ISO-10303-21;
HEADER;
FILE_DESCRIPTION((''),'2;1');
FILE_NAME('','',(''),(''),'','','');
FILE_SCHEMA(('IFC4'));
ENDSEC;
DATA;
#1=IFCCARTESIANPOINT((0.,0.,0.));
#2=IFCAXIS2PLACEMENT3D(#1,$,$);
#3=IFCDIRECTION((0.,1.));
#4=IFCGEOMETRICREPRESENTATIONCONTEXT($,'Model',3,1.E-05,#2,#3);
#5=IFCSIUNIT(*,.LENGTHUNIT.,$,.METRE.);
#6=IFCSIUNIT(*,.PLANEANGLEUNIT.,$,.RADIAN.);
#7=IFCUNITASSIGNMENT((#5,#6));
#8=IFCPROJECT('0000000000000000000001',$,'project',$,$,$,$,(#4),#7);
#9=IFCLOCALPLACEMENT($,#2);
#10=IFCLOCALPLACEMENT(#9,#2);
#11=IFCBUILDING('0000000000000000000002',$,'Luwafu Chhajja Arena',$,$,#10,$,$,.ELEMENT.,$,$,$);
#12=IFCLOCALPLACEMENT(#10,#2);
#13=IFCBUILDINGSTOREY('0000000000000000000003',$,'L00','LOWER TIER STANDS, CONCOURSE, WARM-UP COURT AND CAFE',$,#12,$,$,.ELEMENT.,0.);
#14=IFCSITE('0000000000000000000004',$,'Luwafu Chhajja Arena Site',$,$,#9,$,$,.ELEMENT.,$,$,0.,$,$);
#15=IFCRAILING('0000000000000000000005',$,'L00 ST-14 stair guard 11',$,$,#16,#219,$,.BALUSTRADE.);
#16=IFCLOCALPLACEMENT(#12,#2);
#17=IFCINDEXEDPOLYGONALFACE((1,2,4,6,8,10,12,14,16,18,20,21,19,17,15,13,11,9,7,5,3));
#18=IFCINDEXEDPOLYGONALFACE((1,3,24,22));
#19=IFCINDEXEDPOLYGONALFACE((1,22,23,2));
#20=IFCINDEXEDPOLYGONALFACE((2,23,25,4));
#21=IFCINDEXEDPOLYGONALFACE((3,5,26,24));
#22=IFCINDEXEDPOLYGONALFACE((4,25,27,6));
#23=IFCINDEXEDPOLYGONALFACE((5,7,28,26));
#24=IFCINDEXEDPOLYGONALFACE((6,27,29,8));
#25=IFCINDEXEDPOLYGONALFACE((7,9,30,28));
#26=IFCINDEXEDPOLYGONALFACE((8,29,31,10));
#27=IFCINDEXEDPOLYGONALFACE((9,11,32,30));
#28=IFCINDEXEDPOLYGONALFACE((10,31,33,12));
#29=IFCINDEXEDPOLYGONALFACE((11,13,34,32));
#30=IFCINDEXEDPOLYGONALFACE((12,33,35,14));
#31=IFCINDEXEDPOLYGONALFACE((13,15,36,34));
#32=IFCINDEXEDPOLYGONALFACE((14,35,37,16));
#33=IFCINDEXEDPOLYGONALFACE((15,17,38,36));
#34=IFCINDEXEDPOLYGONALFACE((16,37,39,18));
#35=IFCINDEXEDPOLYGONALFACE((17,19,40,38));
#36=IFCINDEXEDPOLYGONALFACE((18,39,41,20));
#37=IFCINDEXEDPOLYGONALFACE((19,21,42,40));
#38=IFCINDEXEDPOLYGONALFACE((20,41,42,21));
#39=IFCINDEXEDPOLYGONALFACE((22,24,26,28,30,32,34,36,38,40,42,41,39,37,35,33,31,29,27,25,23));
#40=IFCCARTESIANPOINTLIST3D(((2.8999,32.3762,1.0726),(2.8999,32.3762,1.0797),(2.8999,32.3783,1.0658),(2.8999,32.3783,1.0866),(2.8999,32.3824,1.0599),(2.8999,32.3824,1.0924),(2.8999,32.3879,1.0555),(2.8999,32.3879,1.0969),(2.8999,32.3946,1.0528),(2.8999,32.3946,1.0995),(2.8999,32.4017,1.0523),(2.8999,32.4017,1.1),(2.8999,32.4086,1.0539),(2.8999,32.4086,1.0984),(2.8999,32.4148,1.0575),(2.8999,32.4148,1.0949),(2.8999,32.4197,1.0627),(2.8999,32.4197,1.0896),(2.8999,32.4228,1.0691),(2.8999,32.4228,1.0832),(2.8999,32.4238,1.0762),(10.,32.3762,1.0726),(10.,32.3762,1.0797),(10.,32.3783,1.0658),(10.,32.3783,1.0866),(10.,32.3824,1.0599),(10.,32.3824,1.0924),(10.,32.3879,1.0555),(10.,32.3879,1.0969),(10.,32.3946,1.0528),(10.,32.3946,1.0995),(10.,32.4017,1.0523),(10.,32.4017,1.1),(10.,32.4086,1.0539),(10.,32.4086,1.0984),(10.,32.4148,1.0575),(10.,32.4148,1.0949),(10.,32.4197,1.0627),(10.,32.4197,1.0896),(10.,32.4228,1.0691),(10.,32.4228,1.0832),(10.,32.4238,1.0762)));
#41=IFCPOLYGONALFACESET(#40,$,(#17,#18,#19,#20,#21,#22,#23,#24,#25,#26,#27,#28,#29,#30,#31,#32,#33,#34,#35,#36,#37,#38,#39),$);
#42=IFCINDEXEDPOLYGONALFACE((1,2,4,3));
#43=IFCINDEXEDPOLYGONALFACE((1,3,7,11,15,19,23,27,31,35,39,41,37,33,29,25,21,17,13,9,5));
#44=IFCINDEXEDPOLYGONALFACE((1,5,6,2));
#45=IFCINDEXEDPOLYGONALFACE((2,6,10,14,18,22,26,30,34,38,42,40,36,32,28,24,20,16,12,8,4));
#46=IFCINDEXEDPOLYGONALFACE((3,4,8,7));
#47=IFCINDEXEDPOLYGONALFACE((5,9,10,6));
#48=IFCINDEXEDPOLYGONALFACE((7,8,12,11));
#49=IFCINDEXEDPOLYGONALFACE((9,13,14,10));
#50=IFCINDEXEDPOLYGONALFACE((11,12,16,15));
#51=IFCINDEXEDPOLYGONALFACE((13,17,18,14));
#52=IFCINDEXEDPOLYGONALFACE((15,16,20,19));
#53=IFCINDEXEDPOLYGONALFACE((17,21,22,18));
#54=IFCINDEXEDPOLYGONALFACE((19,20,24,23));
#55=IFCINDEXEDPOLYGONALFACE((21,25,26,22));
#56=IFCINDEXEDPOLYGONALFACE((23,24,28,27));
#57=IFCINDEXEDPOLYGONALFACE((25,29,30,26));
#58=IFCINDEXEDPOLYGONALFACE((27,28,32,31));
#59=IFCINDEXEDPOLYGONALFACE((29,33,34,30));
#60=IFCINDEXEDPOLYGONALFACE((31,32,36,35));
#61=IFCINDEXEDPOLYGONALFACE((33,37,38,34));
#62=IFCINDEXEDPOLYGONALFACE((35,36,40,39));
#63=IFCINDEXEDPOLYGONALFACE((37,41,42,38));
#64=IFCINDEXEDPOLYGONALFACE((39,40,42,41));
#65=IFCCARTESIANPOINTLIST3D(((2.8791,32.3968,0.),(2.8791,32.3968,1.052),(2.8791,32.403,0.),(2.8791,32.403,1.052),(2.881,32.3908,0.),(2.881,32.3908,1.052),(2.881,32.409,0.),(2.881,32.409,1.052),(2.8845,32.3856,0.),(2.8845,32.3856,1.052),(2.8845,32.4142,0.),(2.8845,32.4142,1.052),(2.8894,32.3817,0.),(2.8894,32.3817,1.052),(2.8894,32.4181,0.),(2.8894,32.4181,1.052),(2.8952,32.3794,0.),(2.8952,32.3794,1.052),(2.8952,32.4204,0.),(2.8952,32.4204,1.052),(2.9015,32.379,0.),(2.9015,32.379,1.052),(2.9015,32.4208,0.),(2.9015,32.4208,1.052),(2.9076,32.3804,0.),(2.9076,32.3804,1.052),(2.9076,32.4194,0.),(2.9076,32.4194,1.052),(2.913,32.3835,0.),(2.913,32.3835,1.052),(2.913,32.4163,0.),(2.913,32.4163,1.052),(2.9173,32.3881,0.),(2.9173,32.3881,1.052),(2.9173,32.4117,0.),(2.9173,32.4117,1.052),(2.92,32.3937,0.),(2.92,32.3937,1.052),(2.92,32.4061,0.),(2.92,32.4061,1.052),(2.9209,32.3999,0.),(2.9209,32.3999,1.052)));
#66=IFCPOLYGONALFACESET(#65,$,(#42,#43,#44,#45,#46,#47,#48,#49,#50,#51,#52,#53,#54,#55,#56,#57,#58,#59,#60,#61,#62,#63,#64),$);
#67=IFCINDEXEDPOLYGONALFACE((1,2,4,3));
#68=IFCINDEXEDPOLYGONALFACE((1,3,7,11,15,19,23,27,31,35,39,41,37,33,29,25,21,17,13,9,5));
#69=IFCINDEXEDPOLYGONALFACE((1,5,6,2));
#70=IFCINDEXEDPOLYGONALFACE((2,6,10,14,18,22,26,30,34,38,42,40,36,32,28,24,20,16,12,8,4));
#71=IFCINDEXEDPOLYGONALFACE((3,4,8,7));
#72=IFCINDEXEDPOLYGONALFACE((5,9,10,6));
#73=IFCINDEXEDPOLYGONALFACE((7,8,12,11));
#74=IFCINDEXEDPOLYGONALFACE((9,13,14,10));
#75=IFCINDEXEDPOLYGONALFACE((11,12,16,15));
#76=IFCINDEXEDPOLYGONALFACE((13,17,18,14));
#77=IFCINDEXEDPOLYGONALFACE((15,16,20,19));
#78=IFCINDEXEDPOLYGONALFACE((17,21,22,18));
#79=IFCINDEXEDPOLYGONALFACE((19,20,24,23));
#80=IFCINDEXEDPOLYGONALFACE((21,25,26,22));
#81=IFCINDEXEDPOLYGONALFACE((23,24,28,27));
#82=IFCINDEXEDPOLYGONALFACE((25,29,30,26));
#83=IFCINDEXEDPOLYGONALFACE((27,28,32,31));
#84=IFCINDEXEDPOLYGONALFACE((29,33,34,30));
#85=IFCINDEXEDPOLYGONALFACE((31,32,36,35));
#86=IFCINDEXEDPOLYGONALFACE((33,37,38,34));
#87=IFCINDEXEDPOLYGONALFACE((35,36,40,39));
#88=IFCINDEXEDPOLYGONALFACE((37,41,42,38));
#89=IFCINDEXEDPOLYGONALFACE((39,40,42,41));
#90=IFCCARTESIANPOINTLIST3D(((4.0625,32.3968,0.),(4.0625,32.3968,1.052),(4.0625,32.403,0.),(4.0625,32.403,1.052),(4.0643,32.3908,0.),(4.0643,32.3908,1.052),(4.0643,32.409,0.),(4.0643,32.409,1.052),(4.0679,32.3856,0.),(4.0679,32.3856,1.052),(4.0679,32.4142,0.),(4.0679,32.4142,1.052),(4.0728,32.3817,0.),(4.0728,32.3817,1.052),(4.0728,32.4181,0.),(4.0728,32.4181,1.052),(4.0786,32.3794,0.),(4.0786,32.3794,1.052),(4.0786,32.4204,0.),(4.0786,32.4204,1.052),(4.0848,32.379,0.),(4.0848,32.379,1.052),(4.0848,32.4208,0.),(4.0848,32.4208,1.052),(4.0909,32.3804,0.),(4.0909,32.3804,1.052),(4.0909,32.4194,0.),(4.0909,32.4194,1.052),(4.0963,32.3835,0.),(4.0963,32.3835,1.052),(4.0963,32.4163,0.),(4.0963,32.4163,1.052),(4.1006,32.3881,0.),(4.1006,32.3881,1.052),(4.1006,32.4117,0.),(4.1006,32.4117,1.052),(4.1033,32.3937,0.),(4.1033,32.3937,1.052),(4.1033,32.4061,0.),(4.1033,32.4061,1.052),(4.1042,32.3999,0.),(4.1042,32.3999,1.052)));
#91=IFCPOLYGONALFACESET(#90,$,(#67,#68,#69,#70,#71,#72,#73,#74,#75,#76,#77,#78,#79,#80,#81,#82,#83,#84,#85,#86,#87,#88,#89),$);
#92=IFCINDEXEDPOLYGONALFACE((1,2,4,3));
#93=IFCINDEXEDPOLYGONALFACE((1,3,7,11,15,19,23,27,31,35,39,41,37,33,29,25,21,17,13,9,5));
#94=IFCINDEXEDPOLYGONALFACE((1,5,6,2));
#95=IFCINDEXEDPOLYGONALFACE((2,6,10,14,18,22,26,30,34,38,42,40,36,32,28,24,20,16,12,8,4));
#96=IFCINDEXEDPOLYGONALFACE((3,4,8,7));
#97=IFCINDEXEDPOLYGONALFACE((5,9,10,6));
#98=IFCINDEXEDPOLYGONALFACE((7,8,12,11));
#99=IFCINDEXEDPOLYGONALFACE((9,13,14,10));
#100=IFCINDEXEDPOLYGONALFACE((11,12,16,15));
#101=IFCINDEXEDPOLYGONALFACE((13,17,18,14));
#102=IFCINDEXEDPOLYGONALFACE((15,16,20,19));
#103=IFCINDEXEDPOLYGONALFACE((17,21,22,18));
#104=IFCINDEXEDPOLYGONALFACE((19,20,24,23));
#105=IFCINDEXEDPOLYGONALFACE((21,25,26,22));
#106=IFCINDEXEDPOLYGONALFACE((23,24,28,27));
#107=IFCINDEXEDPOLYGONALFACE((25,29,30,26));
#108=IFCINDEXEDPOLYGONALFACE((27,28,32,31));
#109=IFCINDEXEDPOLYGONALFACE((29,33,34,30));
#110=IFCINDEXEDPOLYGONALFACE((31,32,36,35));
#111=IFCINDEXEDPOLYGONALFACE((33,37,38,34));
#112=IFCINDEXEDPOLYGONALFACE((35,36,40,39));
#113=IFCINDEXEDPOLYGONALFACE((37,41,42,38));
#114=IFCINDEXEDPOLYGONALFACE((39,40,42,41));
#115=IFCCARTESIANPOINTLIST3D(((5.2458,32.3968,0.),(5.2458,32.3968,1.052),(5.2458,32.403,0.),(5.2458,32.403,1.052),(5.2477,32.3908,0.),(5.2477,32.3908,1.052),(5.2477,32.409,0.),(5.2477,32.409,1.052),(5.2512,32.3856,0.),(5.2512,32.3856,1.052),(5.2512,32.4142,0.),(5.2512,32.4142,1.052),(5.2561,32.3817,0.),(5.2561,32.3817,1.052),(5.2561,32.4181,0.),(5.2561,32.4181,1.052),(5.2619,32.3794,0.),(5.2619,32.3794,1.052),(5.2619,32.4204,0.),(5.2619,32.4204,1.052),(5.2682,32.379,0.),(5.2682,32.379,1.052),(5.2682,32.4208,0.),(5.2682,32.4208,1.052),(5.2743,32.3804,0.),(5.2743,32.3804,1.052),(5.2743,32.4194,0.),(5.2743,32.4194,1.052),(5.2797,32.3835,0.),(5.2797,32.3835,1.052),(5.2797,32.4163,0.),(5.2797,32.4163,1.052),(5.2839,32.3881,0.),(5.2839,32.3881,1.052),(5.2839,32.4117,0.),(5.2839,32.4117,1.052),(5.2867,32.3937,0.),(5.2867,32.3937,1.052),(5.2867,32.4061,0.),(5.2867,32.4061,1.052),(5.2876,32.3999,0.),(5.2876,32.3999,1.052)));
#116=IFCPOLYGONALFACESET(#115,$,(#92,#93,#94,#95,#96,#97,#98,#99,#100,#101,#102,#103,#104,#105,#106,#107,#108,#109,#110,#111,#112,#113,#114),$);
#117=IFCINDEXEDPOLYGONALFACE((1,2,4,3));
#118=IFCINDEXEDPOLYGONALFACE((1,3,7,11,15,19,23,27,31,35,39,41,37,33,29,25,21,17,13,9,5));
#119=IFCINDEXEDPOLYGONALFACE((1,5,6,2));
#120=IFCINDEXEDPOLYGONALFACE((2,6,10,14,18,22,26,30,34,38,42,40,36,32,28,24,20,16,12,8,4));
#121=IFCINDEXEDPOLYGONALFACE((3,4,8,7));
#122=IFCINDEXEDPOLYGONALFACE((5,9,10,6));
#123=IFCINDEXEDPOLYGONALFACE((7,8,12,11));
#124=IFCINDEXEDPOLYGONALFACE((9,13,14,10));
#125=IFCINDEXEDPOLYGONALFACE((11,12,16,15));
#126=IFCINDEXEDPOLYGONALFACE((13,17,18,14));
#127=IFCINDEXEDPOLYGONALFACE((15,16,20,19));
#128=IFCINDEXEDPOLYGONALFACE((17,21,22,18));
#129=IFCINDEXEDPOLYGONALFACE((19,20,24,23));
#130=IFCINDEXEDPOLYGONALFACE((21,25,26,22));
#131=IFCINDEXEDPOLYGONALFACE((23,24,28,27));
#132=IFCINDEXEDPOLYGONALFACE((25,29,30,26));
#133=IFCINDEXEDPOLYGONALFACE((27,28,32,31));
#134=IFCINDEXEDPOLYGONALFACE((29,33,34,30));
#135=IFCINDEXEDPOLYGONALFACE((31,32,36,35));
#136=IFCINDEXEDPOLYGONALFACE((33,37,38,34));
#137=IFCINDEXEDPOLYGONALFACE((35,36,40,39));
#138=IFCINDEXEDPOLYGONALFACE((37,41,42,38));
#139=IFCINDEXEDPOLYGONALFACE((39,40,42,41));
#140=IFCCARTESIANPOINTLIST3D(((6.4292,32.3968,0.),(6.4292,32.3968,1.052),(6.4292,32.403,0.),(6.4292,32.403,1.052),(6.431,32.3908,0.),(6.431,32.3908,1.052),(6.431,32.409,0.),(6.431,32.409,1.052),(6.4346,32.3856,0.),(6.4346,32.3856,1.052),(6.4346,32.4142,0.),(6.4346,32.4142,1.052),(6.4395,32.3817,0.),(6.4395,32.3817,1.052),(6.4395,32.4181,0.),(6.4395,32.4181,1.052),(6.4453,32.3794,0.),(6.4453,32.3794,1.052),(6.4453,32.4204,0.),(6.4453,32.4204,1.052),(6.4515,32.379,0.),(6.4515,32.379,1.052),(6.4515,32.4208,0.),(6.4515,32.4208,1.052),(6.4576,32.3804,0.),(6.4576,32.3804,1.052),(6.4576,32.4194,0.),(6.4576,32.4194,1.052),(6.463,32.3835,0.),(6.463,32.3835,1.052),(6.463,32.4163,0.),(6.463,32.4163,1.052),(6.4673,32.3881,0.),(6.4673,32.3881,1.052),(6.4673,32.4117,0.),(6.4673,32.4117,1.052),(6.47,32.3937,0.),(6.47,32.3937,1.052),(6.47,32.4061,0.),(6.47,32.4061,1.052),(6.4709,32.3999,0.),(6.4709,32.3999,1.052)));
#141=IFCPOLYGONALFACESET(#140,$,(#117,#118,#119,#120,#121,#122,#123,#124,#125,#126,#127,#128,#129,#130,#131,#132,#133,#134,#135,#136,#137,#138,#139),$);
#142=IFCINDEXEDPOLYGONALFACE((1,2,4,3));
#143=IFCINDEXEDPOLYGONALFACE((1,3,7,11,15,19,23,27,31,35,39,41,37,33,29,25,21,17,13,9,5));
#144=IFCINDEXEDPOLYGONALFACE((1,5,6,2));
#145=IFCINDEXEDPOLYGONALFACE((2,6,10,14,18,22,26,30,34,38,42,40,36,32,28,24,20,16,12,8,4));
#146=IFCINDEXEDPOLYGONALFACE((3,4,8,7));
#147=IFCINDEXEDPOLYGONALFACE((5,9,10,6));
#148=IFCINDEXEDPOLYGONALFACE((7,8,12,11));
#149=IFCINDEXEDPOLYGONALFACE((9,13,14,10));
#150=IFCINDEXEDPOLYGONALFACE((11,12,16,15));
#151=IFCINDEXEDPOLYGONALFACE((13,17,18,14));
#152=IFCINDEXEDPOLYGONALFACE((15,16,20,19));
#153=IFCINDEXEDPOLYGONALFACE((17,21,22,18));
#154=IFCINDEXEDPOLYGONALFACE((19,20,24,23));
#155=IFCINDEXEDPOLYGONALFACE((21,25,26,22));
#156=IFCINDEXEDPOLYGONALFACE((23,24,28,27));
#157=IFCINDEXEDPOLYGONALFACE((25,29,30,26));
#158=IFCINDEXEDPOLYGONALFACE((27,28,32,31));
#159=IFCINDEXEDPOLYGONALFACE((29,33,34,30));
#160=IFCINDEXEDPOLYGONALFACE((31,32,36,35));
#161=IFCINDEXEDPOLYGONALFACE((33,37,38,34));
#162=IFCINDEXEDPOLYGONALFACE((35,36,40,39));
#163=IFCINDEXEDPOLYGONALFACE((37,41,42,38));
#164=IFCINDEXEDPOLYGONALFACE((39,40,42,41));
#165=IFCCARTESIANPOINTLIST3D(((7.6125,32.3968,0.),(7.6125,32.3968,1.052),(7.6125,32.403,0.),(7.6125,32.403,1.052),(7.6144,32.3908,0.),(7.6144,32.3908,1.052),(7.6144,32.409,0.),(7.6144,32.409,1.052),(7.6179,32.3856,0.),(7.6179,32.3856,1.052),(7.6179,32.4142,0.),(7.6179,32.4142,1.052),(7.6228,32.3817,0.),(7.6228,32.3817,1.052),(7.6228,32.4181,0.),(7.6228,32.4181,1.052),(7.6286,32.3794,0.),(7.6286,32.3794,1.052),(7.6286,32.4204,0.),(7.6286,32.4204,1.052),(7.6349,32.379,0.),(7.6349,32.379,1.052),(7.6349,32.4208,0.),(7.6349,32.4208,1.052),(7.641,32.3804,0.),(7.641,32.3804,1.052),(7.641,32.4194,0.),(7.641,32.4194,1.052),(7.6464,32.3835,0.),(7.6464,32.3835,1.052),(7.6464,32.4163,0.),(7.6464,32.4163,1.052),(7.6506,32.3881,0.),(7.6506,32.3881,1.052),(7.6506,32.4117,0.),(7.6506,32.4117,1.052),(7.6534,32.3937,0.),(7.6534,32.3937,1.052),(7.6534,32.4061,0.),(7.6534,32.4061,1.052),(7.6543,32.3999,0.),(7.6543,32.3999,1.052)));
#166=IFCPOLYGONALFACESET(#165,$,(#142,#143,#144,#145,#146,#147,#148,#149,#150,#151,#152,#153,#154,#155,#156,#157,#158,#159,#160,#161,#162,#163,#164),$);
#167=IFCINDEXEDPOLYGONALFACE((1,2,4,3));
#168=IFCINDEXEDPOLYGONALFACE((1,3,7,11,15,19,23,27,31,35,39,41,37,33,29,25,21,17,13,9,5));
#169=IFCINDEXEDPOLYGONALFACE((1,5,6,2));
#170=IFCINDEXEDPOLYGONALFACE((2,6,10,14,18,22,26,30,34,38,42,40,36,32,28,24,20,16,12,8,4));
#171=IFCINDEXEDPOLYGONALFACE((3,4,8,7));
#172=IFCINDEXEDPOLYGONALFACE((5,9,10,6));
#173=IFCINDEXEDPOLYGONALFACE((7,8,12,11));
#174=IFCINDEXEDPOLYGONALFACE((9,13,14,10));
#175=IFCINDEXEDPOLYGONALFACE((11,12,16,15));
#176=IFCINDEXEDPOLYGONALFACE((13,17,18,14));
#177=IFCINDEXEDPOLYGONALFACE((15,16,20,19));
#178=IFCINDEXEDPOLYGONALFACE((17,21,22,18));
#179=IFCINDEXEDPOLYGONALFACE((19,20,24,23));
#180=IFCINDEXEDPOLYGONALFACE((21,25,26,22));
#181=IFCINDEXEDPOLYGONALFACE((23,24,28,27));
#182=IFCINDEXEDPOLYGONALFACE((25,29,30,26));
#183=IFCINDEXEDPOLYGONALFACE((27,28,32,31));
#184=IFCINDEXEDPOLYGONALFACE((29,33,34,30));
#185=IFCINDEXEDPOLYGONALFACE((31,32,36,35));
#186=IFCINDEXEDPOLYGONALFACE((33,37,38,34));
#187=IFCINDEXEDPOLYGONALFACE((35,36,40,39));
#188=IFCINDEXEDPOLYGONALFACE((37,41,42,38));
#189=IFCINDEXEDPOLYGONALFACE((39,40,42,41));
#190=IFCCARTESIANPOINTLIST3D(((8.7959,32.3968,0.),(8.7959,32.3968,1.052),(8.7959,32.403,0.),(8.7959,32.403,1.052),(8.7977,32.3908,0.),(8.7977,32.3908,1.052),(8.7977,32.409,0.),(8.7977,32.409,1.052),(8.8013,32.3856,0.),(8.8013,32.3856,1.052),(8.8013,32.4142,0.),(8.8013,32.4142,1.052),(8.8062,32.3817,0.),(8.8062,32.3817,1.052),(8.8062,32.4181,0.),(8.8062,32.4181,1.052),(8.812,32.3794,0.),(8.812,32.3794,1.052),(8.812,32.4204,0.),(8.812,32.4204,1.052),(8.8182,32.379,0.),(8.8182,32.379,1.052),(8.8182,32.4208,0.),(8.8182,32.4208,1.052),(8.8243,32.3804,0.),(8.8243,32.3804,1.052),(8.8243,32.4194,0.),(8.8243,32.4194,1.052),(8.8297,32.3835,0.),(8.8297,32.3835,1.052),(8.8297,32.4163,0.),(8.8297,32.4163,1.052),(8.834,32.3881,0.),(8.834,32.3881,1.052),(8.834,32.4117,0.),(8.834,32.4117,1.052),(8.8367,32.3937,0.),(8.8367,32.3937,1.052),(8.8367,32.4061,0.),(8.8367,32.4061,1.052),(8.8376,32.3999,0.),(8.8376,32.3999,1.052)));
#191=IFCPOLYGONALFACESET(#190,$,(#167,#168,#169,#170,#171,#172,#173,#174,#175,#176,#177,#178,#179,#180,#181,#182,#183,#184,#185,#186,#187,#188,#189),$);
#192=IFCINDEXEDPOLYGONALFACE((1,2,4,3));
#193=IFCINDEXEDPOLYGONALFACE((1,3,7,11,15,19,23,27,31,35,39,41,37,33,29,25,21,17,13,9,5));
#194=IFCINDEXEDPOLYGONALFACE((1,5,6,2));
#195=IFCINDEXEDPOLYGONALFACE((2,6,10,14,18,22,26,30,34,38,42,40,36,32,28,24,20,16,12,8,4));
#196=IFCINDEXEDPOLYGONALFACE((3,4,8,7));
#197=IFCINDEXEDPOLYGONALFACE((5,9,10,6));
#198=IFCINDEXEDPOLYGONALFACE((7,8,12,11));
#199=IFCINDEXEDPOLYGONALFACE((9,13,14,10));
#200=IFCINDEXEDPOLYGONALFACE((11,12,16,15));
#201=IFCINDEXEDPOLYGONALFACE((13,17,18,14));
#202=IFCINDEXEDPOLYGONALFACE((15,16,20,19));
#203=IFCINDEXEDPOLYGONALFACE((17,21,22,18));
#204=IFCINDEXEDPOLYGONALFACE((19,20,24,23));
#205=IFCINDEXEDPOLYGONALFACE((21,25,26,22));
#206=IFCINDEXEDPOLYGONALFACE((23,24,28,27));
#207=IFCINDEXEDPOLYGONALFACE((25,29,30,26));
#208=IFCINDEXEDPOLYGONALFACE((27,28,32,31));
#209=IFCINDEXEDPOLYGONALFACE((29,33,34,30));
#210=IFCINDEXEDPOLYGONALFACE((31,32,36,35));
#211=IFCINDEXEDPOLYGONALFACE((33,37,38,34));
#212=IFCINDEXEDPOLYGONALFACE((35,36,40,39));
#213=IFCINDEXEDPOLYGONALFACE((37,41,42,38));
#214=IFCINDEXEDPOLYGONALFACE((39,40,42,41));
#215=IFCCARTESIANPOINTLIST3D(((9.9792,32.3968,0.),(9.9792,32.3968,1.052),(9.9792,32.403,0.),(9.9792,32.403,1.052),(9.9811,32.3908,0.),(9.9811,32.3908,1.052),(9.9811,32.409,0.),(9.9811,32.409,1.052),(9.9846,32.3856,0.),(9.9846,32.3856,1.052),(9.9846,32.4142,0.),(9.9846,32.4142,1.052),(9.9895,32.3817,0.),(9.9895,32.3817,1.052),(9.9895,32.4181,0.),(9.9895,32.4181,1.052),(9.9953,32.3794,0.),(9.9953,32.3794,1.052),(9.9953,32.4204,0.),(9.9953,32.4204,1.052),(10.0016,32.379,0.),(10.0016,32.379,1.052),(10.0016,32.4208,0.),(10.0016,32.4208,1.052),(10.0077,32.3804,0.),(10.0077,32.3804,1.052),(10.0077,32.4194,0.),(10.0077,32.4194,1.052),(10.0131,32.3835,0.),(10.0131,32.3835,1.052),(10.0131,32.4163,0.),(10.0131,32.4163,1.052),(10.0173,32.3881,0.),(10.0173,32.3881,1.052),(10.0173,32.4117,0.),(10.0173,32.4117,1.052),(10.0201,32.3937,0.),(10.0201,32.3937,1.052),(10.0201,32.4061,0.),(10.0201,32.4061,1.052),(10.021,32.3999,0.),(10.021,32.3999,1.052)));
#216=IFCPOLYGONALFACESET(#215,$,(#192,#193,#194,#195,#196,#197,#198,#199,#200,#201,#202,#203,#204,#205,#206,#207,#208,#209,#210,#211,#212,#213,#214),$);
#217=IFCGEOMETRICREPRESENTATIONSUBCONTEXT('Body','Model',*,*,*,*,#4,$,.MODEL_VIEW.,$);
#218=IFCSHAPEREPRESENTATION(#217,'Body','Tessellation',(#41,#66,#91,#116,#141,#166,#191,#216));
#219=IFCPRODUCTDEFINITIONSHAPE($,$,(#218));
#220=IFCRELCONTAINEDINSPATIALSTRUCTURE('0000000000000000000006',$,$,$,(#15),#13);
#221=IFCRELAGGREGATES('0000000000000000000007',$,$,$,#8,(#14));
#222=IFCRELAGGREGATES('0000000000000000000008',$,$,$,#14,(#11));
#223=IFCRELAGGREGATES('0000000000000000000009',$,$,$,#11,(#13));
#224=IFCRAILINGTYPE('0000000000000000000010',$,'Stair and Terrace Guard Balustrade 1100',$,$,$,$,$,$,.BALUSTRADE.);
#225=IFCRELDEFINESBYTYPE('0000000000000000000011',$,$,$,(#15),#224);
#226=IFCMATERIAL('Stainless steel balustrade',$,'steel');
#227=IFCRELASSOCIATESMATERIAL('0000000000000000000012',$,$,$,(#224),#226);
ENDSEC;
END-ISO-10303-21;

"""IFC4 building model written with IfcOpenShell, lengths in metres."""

from ifc_helpers import new_model, si_unit, direction, frame, origin, origin_2d, place, context, subcontext, project, spatial, circle, extrude, material, type_object, element, save


model = new_model("IFC4")

# Units and contexts
model_context = context("Model", 3, precision=1e-05, world=origin(), true_north=direction((0.0, 1.0)))
body_context = subcontext(model_context, "Body", "Model", "MODEL_VIEW")
ifc_project = project(units=[si_unit("LENGTHUNIT", "METRE"), si_unit("PLANEANGLEUNIT", "RADIAN")], contexts=[model_context])

# Site, building, storey
site_placement = place(None, origin())
site = spatial("IfcSite", under=ifc_project, at=site_placement, Name="Luwafu Chhajja Arena Site", CompositionType="ELEMENT", RefElevation=0.0)
building_placement = place(site_placement, origin())
building = spatial("IfcBuilding", under=site, at=building_placement, Name="Luwafu Chhajja Arena", CompositionType="ELEMENT")
storey_placement = place(building_placement, origin())
storey = spatial("IfcBuildingStorey", under=building, at=storey_placement, Name="L00", Description="LOWER TIER STANDS, CONCOURSE, WARM-UP COURT AND CAFE", CompositionType="ELEMENT", Elevation=0.0)

# Railing
ifc_material_1 = material(Name="Stainless steel balustrade", Category="steel")
railing_type = type_object("IfcRailingType", Name="Stair and Terrace Guard Balustrade 1100", PredefinedType="BALUSTRADE", material=ifc_material_1)
railing_1_placement = place(storey_placement, frame((2.8999, 32.3999, 0.0)))
element("IfcRailing", 1, at=railing_1_placement, inside=storey, type_object=railing_type, Name="L00 ST-14 stair guard 11", PredefinedType="BALUSTRADE", context=body_context, shape_type="SweptSolid", body=[
    extrude(circle(Radius=0.0239, at=origin_2d()), frame((0.0, 0.0, 1.0762), z_axis=(1.0, 0.0, 0.0), x_axis=(0.0, 1.0, 0.0)), (0.0, 0.0, 1.0), 7.1001),
    extrude(circle(Radius=0.021, at=origin_2d()), origin(), (0.0, 0.0, 1.0), 1.052),
    extrude(circle(Radius=0.021, at=origin_2d()), frame((1.1833, 0.0, 0.0)), (0.0, 0.0, 1.0), 1.052),
    extrude(circle(Radius=0.021, at=origin_2d()), frame((2.3667, 0.0, 0.0)), (0.0, 0.0, 1.0), 1.052),
    extrude(circle(Radius=0.021, at=origin_2d()), frame((3.55, 0.0, 0.0)), (0.0, 0.0, 1.0), 1.052),
    extrude(circle(Radius=0.021, at=origin_2d()), frame((4.7334, 0.0, 0.0)), (0.0, 0.0, 1.0), 1.052),
    extrude(circle(Radius=0.021, at=origin_2d()), frame((5.9167, 0.0, 0.0)), (0.0, 0.0, 1.0), 1.052),
    extrude(circle(Radius=0.021, at=origin_2d()), frame((7.1001, 0.0, 0.0)), (0.0, 0.0, 1.0), 1.052),
])

save(model, "model.ifc")
